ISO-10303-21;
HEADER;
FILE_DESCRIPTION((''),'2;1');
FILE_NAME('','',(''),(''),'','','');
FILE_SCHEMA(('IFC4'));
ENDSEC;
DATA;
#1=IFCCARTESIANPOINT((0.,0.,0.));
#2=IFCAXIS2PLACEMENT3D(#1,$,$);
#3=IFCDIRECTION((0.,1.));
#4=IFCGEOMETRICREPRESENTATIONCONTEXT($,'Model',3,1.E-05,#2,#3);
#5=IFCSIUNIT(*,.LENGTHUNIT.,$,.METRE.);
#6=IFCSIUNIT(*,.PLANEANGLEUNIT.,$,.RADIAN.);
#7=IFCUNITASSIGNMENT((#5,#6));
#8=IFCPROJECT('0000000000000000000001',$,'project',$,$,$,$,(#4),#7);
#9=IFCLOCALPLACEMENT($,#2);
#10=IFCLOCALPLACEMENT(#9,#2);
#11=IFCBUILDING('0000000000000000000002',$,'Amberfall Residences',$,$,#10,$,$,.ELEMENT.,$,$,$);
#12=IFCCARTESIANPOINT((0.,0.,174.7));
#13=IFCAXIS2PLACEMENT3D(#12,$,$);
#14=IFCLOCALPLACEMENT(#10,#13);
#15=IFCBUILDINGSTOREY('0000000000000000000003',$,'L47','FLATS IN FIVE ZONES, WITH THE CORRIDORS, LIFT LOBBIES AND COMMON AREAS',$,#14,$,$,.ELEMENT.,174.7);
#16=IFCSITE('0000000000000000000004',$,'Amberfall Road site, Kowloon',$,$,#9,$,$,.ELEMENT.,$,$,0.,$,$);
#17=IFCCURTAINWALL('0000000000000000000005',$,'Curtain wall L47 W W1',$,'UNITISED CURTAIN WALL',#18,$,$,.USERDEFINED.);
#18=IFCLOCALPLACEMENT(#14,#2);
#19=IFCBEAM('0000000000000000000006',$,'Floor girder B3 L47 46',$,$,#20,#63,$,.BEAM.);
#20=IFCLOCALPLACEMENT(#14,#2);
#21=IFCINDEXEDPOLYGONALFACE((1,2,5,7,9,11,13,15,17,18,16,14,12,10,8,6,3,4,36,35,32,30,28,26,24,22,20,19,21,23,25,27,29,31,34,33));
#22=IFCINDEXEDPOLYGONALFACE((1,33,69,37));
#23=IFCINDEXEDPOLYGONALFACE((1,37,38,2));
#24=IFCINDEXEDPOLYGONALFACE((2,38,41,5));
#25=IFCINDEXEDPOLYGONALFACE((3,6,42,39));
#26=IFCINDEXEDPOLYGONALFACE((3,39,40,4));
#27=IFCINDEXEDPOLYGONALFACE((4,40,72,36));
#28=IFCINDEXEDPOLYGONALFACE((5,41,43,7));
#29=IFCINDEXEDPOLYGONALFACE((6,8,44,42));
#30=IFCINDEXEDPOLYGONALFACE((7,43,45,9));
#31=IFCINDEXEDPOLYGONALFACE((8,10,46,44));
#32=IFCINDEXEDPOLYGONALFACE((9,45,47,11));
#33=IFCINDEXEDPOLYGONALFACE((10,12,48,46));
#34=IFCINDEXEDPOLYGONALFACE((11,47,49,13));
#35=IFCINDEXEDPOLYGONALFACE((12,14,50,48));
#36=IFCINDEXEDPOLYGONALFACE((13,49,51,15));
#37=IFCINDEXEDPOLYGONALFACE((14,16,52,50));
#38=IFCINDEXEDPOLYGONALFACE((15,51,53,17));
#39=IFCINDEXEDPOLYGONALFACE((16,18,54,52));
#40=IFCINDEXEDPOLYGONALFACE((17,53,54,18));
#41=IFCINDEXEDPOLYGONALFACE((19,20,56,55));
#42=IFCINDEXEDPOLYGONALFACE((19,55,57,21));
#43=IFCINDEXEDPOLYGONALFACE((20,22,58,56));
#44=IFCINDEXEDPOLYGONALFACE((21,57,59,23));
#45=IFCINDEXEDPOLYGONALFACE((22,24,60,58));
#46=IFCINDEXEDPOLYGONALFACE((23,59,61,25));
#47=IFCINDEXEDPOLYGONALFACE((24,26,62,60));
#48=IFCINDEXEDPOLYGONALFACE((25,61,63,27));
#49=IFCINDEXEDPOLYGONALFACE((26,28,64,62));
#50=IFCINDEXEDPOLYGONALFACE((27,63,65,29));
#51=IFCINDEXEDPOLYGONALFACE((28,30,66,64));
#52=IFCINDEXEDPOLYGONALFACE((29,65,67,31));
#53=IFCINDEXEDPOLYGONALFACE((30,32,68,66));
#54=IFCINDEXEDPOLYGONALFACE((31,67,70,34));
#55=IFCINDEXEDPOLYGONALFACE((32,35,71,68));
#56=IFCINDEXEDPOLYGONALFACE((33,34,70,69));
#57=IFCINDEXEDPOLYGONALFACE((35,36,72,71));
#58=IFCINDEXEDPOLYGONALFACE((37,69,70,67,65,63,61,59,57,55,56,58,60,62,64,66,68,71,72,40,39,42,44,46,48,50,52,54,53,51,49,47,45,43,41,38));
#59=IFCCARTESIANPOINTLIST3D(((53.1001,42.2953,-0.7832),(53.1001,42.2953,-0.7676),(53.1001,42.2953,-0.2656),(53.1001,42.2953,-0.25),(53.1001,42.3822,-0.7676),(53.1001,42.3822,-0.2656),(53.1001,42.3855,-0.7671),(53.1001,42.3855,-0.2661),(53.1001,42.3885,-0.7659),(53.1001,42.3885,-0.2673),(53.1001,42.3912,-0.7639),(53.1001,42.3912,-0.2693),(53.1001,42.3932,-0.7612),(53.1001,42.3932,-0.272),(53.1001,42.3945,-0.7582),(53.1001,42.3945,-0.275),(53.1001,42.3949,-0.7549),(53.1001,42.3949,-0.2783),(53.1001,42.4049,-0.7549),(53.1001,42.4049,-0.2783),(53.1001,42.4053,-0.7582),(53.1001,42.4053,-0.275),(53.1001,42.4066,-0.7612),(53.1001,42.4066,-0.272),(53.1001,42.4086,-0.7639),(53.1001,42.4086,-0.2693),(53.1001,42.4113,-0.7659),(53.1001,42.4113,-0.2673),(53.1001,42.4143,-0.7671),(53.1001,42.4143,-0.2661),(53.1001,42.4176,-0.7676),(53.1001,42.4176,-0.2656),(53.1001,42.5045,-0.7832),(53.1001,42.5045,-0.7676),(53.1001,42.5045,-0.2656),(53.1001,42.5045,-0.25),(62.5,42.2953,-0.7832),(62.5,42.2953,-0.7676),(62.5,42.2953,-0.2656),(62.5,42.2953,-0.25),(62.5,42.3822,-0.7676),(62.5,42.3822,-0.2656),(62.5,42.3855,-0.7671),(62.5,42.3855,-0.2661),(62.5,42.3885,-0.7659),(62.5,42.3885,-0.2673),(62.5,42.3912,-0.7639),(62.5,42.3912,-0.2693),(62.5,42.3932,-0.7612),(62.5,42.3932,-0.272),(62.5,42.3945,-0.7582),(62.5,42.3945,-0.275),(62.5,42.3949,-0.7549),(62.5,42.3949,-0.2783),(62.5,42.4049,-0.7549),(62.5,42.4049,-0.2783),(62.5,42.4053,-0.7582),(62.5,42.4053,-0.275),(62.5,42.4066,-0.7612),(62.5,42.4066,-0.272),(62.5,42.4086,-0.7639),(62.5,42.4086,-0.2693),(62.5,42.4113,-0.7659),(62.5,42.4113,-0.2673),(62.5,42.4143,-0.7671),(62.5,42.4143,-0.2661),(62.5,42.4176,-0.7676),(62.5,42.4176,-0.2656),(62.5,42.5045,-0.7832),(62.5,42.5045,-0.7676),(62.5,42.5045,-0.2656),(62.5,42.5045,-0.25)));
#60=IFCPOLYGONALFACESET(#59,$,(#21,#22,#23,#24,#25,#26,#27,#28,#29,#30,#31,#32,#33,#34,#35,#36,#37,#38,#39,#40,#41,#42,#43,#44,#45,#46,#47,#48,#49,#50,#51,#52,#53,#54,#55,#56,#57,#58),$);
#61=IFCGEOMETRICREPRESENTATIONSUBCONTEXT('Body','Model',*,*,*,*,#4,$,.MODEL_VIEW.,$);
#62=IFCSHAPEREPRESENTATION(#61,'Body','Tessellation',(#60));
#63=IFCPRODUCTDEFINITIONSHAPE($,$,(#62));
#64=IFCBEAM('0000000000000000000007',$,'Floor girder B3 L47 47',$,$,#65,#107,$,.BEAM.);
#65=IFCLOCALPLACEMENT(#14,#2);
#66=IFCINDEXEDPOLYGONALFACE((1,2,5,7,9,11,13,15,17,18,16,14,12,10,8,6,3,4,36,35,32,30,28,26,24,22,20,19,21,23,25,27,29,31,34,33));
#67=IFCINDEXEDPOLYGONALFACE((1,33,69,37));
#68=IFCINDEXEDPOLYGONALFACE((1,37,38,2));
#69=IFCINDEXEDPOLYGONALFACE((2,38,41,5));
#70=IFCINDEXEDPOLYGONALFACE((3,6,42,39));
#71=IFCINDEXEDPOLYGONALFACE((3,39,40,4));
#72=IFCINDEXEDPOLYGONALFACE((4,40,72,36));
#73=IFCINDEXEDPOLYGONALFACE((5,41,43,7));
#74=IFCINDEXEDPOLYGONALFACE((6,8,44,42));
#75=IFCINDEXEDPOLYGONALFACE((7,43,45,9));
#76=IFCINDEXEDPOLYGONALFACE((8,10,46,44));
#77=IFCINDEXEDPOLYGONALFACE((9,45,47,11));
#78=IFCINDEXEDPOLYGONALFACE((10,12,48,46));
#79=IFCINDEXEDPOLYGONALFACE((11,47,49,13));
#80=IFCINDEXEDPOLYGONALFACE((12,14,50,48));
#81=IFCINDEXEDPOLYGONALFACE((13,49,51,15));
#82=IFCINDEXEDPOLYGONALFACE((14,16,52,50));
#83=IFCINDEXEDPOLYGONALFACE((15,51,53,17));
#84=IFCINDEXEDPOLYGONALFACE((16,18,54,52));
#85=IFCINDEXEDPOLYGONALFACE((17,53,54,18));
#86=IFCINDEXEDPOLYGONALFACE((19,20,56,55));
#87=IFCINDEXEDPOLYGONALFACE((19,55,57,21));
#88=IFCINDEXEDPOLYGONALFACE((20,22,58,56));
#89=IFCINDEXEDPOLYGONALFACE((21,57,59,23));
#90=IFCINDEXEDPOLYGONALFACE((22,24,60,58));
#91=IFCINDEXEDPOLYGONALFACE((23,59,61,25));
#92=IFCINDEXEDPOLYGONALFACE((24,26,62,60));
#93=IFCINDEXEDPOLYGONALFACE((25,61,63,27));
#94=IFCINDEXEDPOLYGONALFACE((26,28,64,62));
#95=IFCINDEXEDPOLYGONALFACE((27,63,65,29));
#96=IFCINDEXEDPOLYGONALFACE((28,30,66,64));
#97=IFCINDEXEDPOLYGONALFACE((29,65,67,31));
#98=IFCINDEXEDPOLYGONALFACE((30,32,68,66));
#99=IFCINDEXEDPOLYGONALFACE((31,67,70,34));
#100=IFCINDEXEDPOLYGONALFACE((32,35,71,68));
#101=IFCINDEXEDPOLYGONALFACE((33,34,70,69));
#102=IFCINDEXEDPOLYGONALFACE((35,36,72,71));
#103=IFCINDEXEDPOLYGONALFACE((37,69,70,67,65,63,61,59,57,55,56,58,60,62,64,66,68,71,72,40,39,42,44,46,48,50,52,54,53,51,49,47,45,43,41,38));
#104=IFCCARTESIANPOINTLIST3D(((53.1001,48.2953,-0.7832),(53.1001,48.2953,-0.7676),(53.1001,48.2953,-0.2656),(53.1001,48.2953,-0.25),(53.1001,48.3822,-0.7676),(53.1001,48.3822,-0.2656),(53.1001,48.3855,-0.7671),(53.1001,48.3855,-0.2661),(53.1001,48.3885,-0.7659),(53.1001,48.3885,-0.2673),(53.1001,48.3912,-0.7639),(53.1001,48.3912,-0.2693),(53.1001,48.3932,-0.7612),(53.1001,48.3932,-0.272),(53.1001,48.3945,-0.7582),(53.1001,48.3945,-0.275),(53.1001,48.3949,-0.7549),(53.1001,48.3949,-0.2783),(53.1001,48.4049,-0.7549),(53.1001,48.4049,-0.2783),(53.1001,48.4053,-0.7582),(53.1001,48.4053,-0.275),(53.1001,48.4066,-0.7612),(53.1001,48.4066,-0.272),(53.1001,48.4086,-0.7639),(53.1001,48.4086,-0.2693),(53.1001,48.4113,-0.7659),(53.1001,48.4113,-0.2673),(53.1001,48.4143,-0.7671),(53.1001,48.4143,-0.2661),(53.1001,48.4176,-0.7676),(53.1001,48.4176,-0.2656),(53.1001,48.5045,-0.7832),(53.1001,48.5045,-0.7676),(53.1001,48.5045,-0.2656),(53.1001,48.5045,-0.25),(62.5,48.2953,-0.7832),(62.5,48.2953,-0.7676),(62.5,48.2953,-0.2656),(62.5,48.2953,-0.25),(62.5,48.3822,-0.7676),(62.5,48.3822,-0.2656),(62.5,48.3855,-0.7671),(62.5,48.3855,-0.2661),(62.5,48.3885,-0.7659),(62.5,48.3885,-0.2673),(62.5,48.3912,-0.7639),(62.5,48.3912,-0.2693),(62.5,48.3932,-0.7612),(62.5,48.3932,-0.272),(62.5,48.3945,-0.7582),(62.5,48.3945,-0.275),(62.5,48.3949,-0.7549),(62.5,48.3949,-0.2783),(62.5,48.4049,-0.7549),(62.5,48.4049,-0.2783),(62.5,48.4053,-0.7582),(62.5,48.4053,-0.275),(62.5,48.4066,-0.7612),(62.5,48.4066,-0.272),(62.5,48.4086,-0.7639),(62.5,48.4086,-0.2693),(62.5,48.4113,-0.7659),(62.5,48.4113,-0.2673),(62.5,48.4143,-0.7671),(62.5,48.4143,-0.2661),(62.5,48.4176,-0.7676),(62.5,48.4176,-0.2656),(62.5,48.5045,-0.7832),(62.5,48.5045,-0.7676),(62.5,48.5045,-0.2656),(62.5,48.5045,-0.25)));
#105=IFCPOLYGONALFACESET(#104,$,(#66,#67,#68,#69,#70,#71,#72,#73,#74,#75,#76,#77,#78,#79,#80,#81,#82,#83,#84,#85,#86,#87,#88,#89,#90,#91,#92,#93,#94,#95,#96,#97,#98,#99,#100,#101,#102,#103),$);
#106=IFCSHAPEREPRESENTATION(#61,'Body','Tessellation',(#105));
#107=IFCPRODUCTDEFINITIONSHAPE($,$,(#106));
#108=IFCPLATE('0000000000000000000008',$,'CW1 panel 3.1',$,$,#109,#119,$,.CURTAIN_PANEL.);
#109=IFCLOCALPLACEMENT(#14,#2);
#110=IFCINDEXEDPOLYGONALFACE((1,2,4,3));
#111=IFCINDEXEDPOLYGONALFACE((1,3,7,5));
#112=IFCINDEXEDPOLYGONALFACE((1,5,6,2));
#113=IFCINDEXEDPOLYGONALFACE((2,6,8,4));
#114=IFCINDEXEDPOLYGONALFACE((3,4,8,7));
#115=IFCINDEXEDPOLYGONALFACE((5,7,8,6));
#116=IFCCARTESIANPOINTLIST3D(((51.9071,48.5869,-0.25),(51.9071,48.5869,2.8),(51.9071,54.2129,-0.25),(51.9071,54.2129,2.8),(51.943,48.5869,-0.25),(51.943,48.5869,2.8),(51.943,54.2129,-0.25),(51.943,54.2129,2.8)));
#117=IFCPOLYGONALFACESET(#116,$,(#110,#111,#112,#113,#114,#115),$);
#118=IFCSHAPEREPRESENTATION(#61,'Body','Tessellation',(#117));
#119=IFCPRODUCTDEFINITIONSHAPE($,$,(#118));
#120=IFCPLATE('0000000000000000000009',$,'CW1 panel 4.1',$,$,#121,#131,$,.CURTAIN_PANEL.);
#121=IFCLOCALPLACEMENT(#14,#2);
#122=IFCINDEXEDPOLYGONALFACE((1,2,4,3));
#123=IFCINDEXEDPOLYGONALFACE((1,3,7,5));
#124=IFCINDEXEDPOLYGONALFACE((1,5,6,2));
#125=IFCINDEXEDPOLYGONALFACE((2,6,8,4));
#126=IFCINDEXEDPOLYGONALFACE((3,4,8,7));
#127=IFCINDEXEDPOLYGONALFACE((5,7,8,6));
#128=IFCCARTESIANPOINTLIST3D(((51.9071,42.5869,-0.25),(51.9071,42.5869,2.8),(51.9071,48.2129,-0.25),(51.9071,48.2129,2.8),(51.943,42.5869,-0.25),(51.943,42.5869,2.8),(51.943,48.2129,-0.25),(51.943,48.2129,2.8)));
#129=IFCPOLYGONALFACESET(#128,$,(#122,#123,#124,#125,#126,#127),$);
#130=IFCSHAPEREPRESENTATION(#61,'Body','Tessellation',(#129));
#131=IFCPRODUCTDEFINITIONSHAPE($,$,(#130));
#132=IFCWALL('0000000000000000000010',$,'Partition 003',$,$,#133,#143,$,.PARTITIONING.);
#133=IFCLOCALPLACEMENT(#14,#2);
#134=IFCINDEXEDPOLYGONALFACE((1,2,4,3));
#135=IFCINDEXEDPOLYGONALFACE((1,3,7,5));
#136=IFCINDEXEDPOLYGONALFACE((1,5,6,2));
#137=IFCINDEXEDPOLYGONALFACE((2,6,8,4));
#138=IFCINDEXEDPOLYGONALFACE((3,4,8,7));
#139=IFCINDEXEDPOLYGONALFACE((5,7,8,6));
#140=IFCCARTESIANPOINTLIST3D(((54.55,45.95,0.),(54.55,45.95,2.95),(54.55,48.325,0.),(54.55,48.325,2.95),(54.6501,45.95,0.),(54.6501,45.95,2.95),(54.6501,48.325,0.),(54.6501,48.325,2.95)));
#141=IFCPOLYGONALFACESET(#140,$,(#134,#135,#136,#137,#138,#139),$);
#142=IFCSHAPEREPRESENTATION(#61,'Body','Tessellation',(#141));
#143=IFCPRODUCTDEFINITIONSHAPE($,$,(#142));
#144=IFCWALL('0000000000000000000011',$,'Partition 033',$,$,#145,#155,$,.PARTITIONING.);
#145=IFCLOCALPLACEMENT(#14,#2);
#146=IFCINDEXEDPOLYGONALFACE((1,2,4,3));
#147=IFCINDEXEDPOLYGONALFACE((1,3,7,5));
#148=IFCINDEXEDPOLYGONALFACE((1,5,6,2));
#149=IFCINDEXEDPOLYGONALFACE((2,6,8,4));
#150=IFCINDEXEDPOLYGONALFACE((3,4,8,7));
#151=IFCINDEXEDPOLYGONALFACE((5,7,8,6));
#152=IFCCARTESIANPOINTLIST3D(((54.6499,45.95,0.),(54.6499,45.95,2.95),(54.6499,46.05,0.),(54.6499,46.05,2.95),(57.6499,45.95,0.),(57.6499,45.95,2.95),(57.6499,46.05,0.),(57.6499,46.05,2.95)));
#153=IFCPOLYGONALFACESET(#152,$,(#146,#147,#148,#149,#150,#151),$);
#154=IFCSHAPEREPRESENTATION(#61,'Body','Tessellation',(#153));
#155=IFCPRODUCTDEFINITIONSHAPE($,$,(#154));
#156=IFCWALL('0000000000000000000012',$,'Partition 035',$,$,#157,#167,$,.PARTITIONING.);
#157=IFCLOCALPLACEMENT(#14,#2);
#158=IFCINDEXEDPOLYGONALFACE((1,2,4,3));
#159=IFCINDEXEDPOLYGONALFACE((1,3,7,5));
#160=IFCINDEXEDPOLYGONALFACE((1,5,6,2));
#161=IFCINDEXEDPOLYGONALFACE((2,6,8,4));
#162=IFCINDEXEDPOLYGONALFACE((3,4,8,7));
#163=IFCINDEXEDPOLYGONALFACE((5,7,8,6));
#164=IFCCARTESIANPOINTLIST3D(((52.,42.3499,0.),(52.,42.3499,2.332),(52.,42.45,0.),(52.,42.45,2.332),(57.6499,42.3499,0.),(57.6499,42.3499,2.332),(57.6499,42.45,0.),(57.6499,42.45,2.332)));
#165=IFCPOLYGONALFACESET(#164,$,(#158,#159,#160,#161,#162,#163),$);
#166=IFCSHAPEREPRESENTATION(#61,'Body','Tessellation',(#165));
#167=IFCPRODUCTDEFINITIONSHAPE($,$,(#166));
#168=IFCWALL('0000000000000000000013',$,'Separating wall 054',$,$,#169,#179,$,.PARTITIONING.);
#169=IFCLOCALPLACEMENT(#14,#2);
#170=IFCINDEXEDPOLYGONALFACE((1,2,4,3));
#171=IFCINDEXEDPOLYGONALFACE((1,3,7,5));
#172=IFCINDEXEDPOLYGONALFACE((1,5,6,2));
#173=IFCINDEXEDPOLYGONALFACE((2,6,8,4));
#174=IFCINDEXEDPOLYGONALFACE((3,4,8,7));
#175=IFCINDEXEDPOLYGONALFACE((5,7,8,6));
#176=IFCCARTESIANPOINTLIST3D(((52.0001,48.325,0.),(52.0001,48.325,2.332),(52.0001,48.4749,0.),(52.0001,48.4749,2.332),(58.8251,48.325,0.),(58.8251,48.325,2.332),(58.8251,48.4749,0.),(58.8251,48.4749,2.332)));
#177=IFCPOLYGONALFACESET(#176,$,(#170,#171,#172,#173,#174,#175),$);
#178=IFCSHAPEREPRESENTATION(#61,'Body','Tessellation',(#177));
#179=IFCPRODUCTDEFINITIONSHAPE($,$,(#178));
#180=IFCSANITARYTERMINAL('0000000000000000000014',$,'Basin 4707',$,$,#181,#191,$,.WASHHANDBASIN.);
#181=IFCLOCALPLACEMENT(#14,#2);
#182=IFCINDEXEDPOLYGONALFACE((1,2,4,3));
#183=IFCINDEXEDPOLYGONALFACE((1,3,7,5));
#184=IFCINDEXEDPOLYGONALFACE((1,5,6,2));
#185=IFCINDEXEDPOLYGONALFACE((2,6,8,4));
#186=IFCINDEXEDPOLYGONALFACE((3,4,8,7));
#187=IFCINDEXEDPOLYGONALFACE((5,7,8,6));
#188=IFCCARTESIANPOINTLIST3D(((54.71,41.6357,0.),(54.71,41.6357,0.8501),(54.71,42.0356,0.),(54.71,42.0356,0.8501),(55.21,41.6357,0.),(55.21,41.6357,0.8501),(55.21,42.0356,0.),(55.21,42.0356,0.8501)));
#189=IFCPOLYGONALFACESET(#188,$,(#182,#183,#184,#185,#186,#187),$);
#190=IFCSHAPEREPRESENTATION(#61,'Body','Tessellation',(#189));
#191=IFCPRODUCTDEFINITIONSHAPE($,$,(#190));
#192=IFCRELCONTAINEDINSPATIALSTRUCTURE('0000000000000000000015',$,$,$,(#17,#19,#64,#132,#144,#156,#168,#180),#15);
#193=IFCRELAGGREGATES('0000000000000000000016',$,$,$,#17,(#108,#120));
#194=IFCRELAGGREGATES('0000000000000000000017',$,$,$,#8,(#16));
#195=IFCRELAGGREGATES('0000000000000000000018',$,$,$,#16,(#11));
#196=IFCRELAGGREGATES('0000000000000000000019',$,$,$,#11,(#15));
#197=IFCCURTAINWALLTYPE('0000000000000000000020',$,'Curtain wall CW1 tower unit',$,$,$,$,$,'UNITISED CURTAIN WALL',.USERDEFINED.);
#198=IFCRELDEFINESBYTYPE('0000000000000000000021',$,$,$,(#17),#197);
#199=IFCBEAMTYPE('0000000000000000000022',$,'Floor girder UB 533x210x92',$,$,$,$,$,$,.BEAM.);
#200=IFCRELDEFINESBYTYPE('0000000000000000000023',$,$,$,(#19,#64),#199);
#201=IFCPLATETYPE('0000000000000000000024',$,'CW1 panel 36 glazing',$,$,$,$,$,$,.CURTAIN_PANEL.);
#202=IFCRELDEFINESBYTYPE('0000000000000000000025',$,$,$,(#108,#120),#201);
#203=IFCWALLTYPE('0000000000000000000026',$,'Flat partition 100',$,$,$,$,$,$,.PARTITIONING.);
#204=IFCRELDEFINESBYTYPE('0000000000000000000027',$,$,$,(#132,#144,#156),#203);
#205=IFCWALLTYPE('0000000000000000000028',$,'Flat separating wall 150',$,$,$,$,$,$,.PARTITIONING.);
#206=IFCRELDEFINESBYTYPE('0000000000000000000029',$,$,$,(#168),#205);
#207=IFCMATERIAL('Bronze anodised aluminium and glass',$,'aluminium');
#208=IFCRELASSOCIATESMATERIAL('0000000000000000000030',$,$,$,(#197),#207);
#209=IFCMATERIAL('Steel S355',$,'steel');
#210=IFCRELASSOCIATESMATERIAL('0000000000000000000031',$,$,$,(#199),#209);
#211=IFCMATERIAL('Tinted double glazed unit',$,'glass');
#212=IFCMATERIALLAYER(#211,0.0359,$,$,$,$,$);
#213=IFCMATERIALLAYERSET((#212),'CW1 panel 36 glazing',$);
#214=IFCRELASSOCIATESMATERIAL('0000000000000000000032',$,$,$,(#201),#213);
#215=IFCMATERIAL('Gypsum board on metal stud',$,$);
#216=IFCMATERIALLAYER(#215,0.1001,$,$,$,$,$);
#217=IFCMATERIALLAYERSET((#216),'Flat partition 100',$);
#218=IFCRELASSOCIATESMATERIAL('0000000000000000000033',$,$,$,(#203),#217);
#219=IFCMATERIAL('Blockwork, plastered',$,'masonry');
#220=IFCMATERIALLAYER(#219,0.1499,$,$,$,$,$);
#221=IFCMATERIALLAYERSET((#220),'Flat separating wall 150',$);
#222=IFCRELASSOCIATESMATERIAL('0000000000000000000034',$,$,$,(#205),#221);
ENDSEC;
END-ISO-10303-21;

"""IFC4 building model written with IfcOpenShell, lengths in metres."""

from ifc_helpers import new_model, si_unit, direction, frame, frame_2d, origin, origin_2d, place, context, subcontext, project, spatial, rectangle, i_section, extrude, material, layer, layer_set, material_profile, profile_set, type_object, element, aggregate, save


model = new_model("IFC4")

# Units and contexts
model_context = context("Model", 3, precision=1e-05, world=origin(), true_north=direction((0.0, 1.0)))
body_context = subcontext(model_context, "Body", "Model", "MODEL_VIEW")
ifc_project = project(units=[si_unit("LENGTHUNIT", "METRE"), si_unit("PLANEANGLEUNIT", "RADIAN")], contexts=[model_context])

# Site, building, storey
site_placement = place(None, origin())
site = spatial("IfcSite", under=ifc_project, at=site_placement, Name="Amberfall Road site, Kowloon", CompositionType="ELEMENT", RefElevation=0.0)
building_placement = place(site_placement, origin())
building = spatial("IfcBuilding", under=site, at=building_placement, Name="Amberfall Residences", CompositionType="ELEMENT")
storey_placement = place(building_placement, frame((0.0, 0.0, 174.7)))
storey = spatial("IfcBuildingStorey", under=building, at=storey_placement, Name="L47", Description="FLATS IN FIVE ZONES, WITH THE CORRIDORS, LIFT LOBBIES AND COMMON AREAS", CompositionType="ELEMENT", Elevation=174.7)

# Curtain wall
ifc_material_1 = material(Name="Bronze anodised aluminium and glass", Category="aluminium")
curtain_wall_type = type_object("IfcCurtainWallType", Name="Curtain wall CW1 tower unit", ElementType="UNITISED CURTAIN WALL", PredefinedType="USERDEFINED", material=ifc_material_1)
curtain_wall_placement = place(storey_placement, origin())
curtain_wall = element("IfcCurtainWall", 1, at=curtain_wall_placement, inside=storey, type_object=curtain_wall_type, Name="Curtain wall L47 W W1", ObjectType="UNITISED CURTAIN WALL", PredefinedType="USERDEFINED")

# Shared definitions
ifc_material_2 = material(Name="Steel S355", Category="steel")

# Beams
ifc_material_profile_1 = material_profile(ifc_material_2, i_section(OverallWidth=0.2092, OverallDepth=0.5332, WebThickness=0.01, FlangeThickness=0.0156, FilletRadius=0.0127, at=origin_2d()), Name="UB 533x210x92")
ifc_profile_set_1 = profile_set([ifc_material_profile_1], Name="Steel S355")
beam_type_1 = type_object("IfcBeamType", Name="Floor girder UB 533x210x92", PredefinedType="BEAM", material=ifc_profile_set_1)
for number, where, z_axis, x_axis, name in (
    (2, (53.1001, 42.3999, -0.5166), (1.0, 0.0, 0.0), (0.0, 1.0, 0.0), "Floor girder B3 L47 46"),
    (3, (53.1001, 48.3999, -0.5166), (1.0, 0.0, 0.0), (0.0, 1.0, 0.0), "Floor girder B3 L47 47"),
):
    element("IfcBeam", number, at=place(storey_placement, frame(where, z_axis=z_axis, x_axis=x_axis)), inside=storey, type_object=beam_type_1, Name=name, PredefinedType="BEAM", context=body_context, shape_type="SweptSolid", body=[
        extrude(i_section(OverallWidth=0.2092, OverallDepth=0.5332, WebThickness=0.01, FlangeThickness=0.0156, FilletRadius=0.0127, at=origin_2d()), origin(), (0.0, 0.0, 1.0), 9.3999),
    ])

# Plates
ifc_material_3 = material(Name="Tinted double glazed unit", Category="glass")
ifc_layer_1 = layer(ifc_material_3, 0.0359)
ifc_layer_set_1 = layer_set([ifc_layer_1], Name="CW1 panel 36 glazing")
plate_type = type_object("IfcPlateType", Name="CW1 panel 36 glazing", PredefinedType="CURTAIN_PANEL", material=ifc_layer_set_1)
plate_1_placement = place(storey_placement, frame((51.925, 51.3999, -0.25), z_axis=(0.0, 0.0, 1.0), x_axis=(0.0, -1.0, 0.0)))
plate_1 = element("IfcPlate", 4, at=plate_1_placement, type_object=plate_type, Name="CW1 panel 3.1", PredefinedType="CURTAIN_PANEL", context=body_context, shape_type="SweptSolid", body=[
    extrude(rectangle(XDim=5.626, YDim=0.0359, at=origin_2d()), origin(), (0.0, 0.0, 1.0), 3.05),
])
plate_2_placement = place(storey_placement, frame((51.925, 45.3999, -0.25), z_axis=(0.0, 0.0, 1.0), x_axis=(0.0, -1.0, 0.0)))
plate_2 = element("IfcPlate", 5, at=plate_2_placement, type_object=plate_type, Name="CW1 panel 4.1", PredefinedType="CURTAIN_PANEL", context=body_context, shape_type="SweptSolid", body=[
    extrude(rectangle(XDim=5.626, YDim=0.0359, at=origin_2d()), origin(), (0.0, 0.0, 1.0), 3.05),
])
aggregate(curtain_wall, [plate_1, plate_2])

# Walls
ifc_material_4 = material(Name="Gypsum board on metal stud")
ifc_layer_2 = layer(ifc_material_4, 0.1001)
ifc_layer_set_2 = layer_set([ifc_layer_2], Name="Flat partition 100")
wall_type_1 = type_object("IfcWallType", Name="Flat partition 100", PredefinedType="PARTITIONING", material=ifc_layer_set_2)
wall_1_placement = place(storey_placement, frame((54.6001, 45.95, 0.0), z_axis=(0.0, 0.0, 1.0), x_axis=(0.0, 1.0, 0.0)))
element("IfcWall", 6, at=wall_1_placement, inside=storey, type_object=wall_type_1, Name="Partition 003", PredefinedType="PARTITIONING", context=body_context, shape_type="SweptSolid", body=[
    extrude(rectangle(XDim=2.375, YDim=0.1001, at=frame_2d((1.1875, 0.0))), origin(), (0.0, 0.0, 1.0), 2.95),
])
wall_2_placement = place(storey_placement, frame((54.6499, 46.0, 0.0), z_axis=(0.0, 0.0, 1.0), x_axis=(1.0, 0.0, 0.0)))
element("IfcWall", 7, at=wall_2_placement, inside=storey, type_object=wall_type_1, Name="Partition 033", PredefinedType="PARTITIONING", context=body_context, shape_type="SweptSolid", body=[
    extrude(rectangle(XDim=3.0, YDim=0.1001, at=frame_2d((1.5, 0.0))), origin(), (0.0, 0.0, 1.0), 2.95),
])
wall_3_placement = place(storey_placement, frame((52.0, 42.3999, 0.0), z_axis=(0.0, 0.0, 1.0), x_axis=(1.0, 0.0, 0.0)))
element("IfcWall", 8, at=wall_3_placement, inside=storey, type_object=wall_type_1, Name="Partition 035", PredefinedType="PARTITIONING", context=body_context, shape_type="SweptSolid", body=[
    extrude(rectangle(XDim=5.6499, YDim=0.1001, at=frame_2d((2.825, 0.0))), origin(), (0.0, 0.0, 1.0), 2.332),
])
ifc_material_5 = material(Name="Blockwork, plastered", Category="masonry")
ifc_layer_3 = layer(ifc_material_5, 0.1499)
ifc_layer_set_3 = layer_set([ifc_layer_3], Name="Flat separating wall 150")
wall_type_2 = type_object("IfcWallType", Name="Flat separating wall 150", PredefinedType="PARTITIONING", material=ifc_layer_set_3)
wall_4_placement = place(storey_placement, frame((52.0, 48.3999, 0.0), z_axis=(0.0, 0.0, 1.0), x_axis=(1.0, 0.0, 0.0)))
element("IfcWall", 9, at=wall_4_placement, inside=storey, type_object=wall_type_2, Name="Separating wall 054", PredefinedType="PARTITIONING", context=body_context, shape_type="SweptSolid", body=[
    extrude(rectangle(XDim=6.825, YDim=0.1499, at=frame_2d((3.4126, 0.0))), origin(), (0.0, 0.0, 1.0), 2.332),
])

# Sanitary terminal
sanitary_terminal_1_placement = place(storey_placement, frame((54.96, 41.8357, 0.0), z_axis=(0.0, 0.0, 1.0), x_axis=(1.0, 0.0, 0.0)))
element("IfcSanitaryTerminal", 10, at=sanitary_terminal_1_placement, inside=storey, Name="Basin 4707", PredefinedType="WASHHANDBASIN", context=body_context, shape_type="SweptSolid", body=[
    extrude(rectangle(XDim=0.5, YDim=0.3999, at=origin_2d()), origin(), (0.0, 0.0, 1.0), 0.8501),
])

save(model, "model.ifc")
